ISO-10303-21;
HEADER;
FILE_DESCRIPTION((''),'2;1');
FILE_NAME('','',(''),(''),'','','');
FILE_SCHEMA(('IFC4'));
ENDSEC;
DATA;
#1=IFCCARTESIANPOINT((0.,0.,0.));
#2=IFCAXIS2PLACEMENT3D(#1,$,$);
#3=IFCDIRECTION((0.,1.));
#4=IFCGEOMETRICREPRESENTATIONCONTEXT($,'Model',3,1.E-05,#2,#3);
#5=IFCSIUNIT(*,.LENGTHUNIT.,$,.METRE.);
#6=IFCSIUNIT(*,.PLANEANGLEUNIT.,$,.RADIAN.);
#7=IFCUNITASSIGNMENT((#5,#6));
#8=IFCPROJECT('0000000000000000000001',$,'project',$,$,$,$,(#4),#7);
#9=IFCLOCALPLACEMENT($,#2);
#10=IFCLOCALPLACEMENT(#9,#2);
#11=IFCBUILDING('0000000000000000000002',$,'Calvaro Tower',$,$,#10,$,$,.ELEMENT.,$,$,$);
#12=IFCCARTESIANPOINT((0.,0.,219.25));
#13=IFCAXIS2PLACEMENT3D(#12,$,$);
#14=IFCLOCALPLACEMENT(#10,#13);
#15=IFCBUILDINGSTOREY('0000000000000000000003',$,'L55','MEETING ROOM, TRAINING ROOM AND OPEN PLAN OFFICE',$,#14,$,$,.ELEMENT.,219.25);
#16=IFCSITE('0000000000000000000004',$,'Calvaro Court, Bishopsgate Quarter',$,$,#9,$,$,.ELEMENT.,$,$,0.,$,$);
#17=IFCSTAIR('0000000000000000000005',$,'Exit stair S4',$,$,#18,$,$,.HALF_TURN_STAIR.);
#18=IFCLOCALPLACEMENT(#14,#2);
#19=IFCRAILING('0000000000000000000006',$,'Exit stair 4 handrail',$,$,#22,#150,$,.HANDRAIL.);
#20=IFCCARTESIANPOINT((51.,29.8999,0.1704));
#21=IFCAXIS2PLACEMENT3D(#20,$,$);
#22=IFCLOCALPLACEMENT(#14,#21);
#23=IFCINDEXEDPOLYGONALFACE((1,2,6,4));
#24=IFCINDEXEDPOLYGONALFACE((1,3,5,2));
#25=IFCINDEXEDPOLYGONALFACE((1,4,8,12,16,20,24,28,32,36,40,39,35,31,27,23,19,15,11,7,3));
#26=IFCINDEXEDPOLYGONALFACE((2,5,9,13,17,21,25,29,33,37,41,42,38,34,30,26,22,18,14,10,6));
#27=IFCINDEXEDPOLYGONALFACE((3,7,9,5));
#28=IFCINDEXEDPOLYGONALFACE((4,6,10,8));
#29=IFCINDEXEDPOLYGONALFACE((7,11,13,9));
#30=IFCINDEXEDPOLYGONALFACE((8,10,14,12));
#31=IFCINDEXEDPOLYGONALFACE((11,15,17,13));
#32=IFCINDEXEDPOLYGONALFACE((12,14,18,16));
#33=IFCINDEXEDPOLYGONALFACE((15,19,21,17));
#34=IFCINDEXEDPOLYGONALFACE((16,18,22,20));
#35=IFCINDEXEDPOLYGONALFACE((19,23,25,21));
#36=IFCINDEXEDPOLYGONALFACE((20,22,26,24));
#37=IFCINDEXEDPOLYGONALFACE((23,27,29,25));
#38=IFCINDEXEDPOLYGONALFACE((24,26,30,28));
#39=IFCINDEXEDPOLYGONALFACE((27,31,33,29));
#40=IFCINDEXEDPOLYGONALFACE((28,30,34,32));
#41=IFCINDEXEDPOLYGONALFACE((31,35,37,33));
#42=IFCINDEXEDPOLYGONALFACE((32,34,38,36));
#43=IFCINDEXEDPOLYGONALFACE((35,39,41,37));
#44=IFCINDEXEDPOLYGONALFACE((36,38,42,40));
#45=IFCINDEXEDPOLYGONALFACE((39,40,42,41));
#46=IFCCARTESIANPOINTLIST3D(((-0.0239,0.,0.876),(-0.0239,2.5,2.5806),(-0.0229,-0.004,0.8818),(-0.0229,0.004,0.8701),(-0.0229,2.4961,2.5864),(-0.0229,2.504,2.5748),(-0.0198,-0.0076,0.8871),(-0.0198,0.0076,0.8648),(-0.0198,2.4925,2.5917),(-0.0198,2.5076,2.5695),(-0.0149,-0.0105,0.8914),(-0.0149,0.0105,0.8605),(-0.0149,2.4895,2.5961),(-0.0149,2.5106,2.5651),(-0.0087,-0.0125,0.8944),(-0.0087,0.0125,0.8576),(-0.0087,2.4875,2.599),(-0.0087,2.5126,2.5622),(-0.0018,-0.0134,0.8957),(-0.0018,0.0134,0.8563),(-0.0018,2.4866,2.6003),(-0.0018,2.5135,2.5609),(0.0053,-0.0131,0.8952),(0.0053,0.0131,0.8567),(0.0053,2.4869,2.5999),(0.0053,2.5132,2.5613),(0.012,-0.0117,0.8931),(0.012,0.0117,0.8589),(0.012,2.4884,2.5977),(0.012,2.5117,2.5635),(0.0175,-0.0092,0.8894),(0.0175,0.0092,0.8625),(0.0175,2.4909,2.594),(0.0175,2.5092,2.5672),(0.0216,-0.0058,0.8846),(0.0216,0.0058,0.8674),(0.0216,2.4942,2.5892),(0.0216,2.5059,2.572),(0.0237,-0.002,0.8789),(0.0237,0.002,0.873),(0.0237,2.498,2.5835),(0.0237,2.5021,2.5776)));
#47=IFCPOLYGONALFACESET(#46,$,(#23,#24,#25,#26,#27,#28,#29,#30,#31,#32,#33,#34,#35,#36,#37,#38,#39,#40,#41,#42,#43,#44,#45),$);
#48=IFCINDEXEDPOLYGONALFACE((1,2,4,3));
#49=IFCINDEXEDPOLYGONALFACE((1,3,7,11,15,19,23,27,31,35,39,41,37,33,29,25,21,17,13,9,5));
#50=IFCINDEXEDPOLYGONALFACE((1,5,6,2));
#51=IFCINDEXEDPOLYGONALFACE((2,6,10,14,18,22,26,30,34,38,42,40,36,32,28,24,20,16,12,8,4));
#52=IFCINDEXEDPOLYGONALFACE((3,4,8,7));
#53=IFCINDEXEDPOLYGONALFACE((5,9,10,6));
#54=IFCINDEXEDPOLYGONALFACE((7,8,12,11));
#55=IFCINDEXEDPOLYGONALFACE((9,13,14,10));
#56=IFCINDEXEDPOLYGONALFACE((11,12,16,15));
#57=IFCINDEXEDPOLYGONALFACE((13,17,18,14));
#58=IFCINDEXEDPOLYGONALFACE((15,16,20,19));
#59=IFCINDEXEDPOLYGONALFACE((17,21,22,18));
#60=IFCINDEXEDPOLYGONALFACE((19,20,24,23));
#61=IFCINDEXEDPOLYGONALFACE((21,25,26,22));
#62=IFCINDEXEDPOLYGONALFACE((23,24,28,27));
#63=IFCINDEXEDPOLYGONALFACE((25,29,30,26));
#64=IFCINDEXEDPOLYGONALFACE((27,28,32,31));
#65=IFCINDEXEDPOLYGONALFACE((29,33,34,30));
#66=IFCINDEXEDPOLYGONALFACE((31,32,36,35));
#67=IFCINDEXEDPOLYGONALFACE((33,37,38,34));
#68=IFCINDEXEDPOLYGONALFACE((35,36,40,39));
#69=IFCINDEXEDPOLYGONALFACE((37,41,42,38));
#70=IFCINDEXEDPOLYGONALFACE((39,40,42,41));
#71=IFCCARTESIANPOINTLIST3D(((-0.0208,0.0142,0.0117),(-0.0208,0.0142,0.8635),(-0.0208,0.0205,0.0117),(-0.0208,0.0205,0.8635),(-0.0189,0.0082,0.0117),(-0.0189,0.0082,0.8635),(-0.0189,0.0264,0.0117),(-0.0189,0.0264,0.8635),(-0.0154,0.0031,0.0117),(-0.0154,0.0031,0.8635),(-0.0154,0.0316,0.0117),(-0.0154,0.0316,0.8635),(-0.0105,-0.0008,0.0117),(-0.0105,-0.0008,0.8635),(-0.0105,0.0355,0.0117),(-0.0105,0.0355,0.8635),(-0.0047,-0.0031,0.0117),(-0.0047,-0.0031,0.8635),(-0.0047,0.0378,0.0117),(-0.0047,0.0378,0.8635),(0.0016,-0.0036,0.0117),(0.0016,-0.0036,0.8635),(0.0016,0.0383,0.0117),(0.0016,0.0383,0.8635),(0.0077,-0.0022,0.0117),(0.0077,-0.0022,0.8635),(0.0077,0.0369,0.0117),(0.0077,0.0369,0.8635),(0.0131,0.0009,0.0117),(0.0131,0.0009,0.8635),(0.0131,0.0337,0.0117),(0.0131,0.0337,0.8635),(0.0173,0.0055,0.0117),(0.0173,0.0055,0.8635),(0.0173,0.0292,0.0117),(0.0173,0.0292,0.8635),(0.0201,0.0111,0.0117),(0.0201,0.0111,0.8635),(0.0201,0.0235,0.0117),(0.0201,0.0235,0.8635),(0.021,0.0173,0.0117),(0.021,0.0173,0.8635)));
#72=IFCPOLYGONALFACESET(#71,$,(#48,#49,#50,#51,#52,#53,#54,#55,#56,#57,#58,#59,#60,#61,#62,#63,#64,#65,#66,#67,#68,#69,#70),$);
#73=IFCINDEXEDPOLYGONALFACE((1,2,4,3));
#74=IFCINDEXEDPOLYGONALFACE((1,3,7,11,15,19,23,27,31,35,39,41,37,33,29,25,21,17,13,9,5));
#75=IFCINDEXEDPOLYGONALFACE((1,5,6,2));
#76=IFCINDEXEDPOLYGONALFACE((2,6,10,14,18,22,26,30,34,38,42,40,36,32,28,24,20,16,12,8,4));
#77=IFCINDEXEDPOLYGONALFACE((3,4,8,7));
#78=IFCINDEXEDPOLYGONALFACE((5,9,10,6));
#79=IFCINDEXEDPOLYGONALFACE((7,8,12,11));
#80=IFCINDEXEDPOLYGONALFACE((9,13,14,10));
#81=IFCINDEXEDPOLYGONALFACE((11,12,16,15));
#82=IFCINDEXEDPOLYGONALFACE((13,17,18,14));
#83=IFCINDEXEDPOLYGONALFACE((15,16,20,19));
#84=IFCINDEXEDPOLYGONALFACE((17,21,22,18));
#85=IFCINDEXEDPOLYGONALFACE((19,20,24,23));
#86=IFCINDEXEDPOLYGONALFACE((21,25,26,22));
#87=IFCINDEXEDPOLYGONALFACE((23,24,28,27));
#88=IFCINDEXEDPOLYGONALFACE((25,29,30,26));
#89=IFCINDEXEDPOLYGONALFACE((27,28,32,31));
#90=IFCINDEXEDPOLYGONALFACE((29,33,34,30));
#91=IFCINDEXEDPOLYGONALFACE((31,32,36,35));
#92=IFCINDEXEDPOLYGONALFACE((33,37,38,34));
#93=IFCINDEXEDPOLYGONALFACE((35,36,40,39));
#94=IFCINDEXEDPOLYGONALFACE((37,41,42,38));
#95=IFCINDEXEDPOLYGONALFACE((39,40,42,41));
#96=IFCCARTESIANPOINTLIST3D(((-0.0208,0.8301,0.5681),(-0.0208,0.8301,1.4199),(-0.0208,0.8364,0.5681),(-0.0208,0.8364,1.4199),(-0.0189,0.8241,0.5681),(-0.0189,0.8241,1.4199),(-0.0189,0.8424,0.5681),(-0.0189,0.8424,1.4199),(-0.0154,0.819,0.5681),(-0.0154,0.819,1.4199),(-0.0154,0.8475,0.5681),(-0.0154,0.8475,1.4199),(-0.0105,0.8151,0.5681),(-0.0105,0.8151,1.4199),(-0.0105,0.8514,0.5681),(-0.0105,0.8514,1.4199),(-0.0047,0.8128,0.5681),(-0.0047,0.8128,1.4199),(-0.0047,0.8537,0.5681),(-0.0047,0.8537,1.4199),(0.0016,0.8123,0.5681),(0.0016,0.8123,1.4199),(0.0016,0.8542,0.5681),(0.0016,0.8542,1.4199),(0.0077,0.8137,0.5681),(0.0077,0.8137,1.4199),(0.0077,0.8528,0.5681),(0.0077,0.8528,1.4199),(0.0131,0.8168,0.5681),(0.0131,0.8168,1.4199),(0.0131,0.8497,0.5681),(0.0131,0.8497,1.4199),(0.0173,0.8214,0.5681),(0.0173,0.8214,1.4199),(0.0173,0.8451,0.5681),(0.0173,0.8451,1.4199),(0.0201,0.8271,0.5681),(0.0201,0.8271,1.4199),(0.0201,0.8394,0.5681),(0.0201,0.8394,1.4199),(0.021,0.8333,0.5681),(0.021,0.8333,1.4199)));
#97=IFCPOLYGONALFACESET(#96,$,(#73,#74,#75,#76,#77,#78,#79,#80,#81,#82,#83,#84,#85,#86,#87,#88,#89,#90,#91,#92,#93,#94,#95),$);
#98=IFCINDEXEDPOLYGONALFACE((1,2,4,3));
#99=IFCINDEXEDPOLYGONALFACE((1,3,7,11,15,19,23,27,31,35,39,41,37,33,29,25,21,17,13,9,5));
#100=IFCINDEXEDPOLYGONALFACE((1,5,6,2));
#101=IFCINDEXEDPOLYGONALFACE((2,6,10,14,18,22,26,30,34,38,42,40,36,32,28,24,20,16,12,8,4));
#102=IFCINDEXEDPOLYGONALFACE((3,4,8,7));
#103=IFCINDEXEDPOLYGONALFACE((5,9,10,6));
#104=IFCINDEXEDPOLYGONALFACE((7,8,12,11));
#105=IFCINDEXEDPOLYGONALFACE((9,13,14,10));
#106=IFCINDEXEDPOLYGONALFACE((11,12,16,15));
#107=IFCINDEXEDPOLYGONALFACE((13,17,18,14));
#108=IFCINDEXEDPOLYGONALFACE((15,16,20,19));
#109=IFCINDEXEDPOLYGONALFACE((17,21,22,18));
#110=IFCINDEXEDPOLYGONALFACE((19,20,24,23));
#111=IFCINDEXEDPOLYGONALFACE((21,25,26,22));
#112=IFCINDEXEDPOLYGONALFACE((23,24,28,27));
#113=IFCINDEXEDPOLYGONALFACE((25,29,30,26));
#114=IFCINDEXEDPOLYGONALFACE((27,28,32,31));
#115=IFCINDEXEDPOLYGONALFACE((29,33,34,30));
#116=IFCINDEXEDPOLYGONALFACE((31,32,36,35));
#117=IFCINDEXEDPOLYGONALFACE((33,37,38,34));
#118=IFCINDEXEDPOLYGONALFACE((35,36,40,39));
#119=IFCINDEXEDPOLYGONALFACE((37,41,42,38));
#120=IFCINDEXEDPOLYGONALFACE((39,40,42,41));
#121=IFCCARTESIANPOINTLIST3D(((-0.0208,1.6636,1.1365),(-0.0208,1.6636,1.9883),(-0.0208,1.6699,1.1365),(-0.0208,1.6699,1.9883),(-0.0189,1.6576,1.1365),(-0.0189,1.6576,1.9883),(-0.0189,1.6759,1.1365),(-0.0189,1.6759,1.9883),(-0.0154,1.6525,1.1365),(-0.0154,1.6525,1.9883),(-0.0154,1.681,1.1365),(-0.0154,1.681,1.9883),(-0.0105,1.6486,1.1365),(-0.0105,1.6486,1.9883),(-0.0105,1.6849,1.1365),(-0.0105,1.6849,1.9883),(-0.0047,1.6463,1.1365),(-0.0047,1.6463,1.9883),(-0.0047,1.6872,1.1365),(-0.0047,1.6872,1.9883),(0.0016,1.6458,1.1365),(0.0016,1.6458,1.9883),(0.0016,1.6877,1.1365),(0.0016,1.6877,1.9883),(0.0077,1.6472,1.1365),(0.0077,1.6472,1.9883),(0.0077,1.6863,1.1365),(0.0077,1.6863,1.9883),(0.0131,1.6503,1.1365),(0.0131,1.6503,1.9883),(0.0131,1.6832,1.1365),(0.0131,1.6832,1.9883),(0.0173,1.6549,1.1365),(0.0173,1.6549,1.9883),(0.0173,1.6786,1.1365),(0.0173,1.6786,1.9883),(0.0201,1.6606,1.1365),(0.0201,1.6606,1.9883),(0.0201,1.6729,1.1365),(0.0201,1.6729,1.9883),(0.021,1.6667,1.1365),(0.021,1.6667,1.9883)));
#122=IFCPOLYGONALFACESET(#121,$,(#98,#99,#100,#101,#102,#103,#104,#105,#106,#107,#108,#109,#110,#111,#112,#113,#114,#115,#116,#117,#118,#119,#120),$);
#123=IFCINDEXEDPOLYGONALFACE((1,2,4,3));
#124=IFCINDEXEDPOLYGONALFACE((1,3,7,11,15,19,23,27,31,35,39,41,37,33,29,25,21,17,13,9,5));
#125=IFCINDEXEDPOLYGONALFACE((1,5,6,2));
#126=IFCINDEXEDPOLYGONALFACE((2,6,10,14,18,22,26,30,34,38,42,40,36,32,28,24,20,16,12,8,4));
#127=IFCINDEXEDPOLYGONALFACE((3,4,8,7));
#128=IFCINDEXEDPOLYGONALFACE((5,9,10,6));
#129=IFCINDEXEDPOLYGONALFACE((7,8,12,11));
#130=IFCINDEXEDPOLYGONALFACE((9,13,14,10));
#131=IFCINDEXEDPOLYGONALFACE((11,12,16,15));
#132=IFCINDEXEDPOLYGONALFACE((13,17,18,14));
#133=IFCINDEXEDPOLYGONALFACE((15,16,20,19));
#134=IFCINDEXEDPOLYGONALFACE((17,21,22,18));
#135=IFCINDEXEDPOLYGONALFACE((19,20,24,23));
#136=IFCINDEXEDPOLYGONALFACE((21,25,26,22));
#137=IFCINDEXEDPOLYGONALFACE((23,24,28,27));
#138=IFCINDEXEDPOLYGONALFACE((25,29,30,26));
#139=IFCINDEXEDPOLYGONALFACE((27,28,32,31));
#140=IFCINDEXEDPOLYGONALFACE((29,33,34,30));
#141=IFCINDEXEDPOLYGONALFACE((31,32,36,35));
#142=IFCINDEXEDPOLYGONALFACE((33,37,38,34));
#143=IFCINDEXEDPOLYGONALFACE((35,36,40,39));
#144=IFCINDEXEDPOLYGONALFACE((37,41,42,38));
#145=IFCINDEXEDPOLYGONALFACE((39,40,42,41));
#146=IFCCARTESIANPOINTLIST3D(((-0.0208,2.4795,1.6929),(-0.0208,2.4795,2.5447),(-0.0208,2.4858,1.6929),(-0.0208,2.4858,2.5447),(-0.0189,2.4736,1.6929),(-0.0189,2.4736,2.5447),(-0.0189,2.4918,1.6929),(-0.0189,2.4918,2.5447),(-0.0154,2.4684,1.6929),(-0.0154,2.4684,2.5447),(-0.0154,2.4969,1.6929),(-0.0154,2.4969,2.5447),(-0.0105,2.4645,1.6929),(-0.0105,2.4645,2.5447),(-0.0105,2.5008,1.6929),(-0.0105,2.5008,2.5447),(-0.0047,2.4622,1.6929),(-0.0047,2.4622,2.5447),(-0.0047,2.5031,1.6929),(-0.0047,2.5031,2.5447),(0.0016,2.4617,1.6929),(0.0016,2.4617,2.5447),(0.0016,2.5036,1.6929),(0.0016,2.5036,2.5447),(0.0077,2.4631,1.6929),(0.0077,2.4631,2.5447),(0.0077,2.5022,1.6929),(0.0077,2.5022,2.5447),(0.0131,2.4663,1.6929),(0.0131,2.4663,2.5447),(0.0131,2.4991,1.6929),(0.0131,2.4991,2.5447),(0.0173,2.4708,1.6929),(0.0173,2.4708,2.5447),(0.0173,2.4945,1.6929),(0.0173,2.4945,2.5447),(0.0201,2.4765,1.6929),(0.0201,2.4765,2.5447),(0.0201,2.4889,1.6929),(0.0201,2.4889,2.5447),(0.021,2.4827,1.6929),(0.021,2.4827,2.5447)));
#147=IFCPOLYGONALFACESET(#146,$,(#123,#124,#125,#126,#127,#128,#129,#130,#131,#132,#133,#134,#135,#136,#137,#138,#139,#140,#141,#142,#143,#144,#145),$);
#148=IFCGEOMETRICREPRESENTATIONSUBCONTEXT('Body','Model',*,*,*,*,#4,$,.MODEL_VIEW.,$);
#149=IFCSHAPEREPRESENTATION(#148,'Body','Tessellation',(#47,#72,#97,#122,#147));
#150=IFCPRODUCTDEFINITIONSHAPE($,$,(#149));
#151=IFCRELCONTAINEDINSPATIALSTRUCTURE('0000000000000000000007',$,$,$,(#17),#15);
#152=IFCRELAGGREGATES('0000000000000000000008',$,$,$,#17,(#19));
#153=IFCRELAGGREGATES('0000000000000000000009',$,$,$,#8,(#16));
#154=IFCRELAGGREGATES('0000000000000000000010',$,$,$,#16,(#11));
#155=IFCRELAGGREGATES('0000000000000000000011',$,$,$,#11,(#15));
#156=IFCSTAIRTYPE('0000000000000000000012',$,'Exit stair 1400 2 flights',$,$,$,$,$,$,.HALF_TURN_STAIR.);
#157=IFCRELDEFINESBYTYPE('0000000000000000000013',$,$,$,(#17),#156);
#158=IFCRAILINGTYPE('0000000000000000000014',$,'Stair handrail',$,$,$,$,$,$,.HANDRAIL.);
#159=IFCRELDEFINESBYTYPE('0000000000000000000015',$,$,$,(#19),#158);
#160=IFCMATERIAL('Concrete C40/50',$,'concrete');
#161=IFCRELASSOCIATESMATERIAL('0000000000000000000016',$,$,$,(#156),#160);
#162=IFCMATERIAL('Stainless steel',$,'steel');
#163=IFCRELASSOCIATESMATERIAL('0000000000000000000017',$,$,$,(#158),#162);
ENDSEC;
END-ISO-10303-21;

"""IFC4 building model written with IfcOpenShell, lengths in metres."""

from ifc_helpers import new_model, si_unit, direction, frame, origin, origin_2d, place, context, subcontext, project, spatial, circle, extrude, material, type_object, element, aggregate, save


model = new_model("IFC4")

# Units and contexts
model_context = context("Model", 3, precision=1e-05, world=origin(), true_north=direction((0.0, 1.0)))
body_context = subcontext(model_context, "Body", "Model", "MODEL_VIEW")
ifc_project = project(units=[si_unit("LENGTHUNIT", "METRE"), si_unit("PLANEANGLEUNIT", "RADIAN")], contexts=[model_context])

# Site, building, storey
site_placement = place(None, origin())
site = spatial("IfcSite", under=ifc_project, at=site_placement, Name="Calvaro Court, Bishopsgate Quarter", CompositionType="ELEMENT", RefElevation=0.0)
building_placement = place(site_placement, origin())
building = spatial("IfcBuilding", under=site, at=building_placement, Name="Calvaro Tower", CompositionType="ELEMENT")
storey_placement = place(building_placement, frame((0.0, 0.0, 219.25)))
storey = spatial("IfcBuildingStorey", under=building, at=storey_placement, Name="L55", Description="MEETING ROOM, TRAINING ROOM AND OPEN PLAN OFFICE", CompositionType="ELEMENT", Elevation=219.25)

# Shared definitions
ifc_material_1 = material(Name="Concrete C40/50", Category="concrete")
stair_type = type_object("IfcStairType", Name="Exit stair 1400 2 flights", PredefinedType="HALF_TURN_STAIR", material=ifc_material_1)
ifc_material_2 = material(Name="Stainless steel", Category="steel")
railing_type = type_object("IfcRailingType", Name="Stair handrail", PredefinedType="HANDRAIL", material=ifc_material_2)

# Stair, railing
stair_1_placement = place(storey_placement, origin())
stair_1 = element("IfcStair", 1, at=stair_1_placement, inside=storey, type_object=stair_type, Name="Exit stair S4", PredefinedType="HALF_TURN_STAIR")
railing_1_placement = place(storey_placement, frame((51.0, 29.8999, 0.1704)))
railing_1 = element("IfcRailing", 2, at=railing_1_placement, type_object=railing_type, Name="Exit stair 4 handrail", PredefinedType="HANDRAIL", context=body_context, shape_type="SweptSolid", body=[
    extrude(circle(Radius=0.0239, at=origin_2d()), frame((0.0, 0.0, 0.876), z_axis=(0.0, 0.826221, 0.563347), x_axis=(-1.0, 0.0, 0.0)), (0.0, 0.0, 1.0), 3.0259),
    extrude(circle(Radius=0.021, at=origin_2d()), frame((0.0, 0.0173, 0.0117)), (0.0, 0.0, 1.0), 0.8518),
    extrude(circle(Radius=0.021, at=origin_2d()), frame((0.0, 0.8333, 0.5681)), (0.0, 0.0, 1.0), 0.8518),
    extrude(circle(Radius=0.021, at=origin_2d()), frame((0.0, 1.6667, 1.1365)), (0.0, 0.0, 1.0), 0.8518),
    extrude(circle(Radius=0.021, at=origin_2d()), frame((0.0, 2.4827, 1.6929)), (0.0, 0.0, 1.0), 0.8518),
])
aggregate(stair_1, [railing_1])

save(model, "model.ifc")
